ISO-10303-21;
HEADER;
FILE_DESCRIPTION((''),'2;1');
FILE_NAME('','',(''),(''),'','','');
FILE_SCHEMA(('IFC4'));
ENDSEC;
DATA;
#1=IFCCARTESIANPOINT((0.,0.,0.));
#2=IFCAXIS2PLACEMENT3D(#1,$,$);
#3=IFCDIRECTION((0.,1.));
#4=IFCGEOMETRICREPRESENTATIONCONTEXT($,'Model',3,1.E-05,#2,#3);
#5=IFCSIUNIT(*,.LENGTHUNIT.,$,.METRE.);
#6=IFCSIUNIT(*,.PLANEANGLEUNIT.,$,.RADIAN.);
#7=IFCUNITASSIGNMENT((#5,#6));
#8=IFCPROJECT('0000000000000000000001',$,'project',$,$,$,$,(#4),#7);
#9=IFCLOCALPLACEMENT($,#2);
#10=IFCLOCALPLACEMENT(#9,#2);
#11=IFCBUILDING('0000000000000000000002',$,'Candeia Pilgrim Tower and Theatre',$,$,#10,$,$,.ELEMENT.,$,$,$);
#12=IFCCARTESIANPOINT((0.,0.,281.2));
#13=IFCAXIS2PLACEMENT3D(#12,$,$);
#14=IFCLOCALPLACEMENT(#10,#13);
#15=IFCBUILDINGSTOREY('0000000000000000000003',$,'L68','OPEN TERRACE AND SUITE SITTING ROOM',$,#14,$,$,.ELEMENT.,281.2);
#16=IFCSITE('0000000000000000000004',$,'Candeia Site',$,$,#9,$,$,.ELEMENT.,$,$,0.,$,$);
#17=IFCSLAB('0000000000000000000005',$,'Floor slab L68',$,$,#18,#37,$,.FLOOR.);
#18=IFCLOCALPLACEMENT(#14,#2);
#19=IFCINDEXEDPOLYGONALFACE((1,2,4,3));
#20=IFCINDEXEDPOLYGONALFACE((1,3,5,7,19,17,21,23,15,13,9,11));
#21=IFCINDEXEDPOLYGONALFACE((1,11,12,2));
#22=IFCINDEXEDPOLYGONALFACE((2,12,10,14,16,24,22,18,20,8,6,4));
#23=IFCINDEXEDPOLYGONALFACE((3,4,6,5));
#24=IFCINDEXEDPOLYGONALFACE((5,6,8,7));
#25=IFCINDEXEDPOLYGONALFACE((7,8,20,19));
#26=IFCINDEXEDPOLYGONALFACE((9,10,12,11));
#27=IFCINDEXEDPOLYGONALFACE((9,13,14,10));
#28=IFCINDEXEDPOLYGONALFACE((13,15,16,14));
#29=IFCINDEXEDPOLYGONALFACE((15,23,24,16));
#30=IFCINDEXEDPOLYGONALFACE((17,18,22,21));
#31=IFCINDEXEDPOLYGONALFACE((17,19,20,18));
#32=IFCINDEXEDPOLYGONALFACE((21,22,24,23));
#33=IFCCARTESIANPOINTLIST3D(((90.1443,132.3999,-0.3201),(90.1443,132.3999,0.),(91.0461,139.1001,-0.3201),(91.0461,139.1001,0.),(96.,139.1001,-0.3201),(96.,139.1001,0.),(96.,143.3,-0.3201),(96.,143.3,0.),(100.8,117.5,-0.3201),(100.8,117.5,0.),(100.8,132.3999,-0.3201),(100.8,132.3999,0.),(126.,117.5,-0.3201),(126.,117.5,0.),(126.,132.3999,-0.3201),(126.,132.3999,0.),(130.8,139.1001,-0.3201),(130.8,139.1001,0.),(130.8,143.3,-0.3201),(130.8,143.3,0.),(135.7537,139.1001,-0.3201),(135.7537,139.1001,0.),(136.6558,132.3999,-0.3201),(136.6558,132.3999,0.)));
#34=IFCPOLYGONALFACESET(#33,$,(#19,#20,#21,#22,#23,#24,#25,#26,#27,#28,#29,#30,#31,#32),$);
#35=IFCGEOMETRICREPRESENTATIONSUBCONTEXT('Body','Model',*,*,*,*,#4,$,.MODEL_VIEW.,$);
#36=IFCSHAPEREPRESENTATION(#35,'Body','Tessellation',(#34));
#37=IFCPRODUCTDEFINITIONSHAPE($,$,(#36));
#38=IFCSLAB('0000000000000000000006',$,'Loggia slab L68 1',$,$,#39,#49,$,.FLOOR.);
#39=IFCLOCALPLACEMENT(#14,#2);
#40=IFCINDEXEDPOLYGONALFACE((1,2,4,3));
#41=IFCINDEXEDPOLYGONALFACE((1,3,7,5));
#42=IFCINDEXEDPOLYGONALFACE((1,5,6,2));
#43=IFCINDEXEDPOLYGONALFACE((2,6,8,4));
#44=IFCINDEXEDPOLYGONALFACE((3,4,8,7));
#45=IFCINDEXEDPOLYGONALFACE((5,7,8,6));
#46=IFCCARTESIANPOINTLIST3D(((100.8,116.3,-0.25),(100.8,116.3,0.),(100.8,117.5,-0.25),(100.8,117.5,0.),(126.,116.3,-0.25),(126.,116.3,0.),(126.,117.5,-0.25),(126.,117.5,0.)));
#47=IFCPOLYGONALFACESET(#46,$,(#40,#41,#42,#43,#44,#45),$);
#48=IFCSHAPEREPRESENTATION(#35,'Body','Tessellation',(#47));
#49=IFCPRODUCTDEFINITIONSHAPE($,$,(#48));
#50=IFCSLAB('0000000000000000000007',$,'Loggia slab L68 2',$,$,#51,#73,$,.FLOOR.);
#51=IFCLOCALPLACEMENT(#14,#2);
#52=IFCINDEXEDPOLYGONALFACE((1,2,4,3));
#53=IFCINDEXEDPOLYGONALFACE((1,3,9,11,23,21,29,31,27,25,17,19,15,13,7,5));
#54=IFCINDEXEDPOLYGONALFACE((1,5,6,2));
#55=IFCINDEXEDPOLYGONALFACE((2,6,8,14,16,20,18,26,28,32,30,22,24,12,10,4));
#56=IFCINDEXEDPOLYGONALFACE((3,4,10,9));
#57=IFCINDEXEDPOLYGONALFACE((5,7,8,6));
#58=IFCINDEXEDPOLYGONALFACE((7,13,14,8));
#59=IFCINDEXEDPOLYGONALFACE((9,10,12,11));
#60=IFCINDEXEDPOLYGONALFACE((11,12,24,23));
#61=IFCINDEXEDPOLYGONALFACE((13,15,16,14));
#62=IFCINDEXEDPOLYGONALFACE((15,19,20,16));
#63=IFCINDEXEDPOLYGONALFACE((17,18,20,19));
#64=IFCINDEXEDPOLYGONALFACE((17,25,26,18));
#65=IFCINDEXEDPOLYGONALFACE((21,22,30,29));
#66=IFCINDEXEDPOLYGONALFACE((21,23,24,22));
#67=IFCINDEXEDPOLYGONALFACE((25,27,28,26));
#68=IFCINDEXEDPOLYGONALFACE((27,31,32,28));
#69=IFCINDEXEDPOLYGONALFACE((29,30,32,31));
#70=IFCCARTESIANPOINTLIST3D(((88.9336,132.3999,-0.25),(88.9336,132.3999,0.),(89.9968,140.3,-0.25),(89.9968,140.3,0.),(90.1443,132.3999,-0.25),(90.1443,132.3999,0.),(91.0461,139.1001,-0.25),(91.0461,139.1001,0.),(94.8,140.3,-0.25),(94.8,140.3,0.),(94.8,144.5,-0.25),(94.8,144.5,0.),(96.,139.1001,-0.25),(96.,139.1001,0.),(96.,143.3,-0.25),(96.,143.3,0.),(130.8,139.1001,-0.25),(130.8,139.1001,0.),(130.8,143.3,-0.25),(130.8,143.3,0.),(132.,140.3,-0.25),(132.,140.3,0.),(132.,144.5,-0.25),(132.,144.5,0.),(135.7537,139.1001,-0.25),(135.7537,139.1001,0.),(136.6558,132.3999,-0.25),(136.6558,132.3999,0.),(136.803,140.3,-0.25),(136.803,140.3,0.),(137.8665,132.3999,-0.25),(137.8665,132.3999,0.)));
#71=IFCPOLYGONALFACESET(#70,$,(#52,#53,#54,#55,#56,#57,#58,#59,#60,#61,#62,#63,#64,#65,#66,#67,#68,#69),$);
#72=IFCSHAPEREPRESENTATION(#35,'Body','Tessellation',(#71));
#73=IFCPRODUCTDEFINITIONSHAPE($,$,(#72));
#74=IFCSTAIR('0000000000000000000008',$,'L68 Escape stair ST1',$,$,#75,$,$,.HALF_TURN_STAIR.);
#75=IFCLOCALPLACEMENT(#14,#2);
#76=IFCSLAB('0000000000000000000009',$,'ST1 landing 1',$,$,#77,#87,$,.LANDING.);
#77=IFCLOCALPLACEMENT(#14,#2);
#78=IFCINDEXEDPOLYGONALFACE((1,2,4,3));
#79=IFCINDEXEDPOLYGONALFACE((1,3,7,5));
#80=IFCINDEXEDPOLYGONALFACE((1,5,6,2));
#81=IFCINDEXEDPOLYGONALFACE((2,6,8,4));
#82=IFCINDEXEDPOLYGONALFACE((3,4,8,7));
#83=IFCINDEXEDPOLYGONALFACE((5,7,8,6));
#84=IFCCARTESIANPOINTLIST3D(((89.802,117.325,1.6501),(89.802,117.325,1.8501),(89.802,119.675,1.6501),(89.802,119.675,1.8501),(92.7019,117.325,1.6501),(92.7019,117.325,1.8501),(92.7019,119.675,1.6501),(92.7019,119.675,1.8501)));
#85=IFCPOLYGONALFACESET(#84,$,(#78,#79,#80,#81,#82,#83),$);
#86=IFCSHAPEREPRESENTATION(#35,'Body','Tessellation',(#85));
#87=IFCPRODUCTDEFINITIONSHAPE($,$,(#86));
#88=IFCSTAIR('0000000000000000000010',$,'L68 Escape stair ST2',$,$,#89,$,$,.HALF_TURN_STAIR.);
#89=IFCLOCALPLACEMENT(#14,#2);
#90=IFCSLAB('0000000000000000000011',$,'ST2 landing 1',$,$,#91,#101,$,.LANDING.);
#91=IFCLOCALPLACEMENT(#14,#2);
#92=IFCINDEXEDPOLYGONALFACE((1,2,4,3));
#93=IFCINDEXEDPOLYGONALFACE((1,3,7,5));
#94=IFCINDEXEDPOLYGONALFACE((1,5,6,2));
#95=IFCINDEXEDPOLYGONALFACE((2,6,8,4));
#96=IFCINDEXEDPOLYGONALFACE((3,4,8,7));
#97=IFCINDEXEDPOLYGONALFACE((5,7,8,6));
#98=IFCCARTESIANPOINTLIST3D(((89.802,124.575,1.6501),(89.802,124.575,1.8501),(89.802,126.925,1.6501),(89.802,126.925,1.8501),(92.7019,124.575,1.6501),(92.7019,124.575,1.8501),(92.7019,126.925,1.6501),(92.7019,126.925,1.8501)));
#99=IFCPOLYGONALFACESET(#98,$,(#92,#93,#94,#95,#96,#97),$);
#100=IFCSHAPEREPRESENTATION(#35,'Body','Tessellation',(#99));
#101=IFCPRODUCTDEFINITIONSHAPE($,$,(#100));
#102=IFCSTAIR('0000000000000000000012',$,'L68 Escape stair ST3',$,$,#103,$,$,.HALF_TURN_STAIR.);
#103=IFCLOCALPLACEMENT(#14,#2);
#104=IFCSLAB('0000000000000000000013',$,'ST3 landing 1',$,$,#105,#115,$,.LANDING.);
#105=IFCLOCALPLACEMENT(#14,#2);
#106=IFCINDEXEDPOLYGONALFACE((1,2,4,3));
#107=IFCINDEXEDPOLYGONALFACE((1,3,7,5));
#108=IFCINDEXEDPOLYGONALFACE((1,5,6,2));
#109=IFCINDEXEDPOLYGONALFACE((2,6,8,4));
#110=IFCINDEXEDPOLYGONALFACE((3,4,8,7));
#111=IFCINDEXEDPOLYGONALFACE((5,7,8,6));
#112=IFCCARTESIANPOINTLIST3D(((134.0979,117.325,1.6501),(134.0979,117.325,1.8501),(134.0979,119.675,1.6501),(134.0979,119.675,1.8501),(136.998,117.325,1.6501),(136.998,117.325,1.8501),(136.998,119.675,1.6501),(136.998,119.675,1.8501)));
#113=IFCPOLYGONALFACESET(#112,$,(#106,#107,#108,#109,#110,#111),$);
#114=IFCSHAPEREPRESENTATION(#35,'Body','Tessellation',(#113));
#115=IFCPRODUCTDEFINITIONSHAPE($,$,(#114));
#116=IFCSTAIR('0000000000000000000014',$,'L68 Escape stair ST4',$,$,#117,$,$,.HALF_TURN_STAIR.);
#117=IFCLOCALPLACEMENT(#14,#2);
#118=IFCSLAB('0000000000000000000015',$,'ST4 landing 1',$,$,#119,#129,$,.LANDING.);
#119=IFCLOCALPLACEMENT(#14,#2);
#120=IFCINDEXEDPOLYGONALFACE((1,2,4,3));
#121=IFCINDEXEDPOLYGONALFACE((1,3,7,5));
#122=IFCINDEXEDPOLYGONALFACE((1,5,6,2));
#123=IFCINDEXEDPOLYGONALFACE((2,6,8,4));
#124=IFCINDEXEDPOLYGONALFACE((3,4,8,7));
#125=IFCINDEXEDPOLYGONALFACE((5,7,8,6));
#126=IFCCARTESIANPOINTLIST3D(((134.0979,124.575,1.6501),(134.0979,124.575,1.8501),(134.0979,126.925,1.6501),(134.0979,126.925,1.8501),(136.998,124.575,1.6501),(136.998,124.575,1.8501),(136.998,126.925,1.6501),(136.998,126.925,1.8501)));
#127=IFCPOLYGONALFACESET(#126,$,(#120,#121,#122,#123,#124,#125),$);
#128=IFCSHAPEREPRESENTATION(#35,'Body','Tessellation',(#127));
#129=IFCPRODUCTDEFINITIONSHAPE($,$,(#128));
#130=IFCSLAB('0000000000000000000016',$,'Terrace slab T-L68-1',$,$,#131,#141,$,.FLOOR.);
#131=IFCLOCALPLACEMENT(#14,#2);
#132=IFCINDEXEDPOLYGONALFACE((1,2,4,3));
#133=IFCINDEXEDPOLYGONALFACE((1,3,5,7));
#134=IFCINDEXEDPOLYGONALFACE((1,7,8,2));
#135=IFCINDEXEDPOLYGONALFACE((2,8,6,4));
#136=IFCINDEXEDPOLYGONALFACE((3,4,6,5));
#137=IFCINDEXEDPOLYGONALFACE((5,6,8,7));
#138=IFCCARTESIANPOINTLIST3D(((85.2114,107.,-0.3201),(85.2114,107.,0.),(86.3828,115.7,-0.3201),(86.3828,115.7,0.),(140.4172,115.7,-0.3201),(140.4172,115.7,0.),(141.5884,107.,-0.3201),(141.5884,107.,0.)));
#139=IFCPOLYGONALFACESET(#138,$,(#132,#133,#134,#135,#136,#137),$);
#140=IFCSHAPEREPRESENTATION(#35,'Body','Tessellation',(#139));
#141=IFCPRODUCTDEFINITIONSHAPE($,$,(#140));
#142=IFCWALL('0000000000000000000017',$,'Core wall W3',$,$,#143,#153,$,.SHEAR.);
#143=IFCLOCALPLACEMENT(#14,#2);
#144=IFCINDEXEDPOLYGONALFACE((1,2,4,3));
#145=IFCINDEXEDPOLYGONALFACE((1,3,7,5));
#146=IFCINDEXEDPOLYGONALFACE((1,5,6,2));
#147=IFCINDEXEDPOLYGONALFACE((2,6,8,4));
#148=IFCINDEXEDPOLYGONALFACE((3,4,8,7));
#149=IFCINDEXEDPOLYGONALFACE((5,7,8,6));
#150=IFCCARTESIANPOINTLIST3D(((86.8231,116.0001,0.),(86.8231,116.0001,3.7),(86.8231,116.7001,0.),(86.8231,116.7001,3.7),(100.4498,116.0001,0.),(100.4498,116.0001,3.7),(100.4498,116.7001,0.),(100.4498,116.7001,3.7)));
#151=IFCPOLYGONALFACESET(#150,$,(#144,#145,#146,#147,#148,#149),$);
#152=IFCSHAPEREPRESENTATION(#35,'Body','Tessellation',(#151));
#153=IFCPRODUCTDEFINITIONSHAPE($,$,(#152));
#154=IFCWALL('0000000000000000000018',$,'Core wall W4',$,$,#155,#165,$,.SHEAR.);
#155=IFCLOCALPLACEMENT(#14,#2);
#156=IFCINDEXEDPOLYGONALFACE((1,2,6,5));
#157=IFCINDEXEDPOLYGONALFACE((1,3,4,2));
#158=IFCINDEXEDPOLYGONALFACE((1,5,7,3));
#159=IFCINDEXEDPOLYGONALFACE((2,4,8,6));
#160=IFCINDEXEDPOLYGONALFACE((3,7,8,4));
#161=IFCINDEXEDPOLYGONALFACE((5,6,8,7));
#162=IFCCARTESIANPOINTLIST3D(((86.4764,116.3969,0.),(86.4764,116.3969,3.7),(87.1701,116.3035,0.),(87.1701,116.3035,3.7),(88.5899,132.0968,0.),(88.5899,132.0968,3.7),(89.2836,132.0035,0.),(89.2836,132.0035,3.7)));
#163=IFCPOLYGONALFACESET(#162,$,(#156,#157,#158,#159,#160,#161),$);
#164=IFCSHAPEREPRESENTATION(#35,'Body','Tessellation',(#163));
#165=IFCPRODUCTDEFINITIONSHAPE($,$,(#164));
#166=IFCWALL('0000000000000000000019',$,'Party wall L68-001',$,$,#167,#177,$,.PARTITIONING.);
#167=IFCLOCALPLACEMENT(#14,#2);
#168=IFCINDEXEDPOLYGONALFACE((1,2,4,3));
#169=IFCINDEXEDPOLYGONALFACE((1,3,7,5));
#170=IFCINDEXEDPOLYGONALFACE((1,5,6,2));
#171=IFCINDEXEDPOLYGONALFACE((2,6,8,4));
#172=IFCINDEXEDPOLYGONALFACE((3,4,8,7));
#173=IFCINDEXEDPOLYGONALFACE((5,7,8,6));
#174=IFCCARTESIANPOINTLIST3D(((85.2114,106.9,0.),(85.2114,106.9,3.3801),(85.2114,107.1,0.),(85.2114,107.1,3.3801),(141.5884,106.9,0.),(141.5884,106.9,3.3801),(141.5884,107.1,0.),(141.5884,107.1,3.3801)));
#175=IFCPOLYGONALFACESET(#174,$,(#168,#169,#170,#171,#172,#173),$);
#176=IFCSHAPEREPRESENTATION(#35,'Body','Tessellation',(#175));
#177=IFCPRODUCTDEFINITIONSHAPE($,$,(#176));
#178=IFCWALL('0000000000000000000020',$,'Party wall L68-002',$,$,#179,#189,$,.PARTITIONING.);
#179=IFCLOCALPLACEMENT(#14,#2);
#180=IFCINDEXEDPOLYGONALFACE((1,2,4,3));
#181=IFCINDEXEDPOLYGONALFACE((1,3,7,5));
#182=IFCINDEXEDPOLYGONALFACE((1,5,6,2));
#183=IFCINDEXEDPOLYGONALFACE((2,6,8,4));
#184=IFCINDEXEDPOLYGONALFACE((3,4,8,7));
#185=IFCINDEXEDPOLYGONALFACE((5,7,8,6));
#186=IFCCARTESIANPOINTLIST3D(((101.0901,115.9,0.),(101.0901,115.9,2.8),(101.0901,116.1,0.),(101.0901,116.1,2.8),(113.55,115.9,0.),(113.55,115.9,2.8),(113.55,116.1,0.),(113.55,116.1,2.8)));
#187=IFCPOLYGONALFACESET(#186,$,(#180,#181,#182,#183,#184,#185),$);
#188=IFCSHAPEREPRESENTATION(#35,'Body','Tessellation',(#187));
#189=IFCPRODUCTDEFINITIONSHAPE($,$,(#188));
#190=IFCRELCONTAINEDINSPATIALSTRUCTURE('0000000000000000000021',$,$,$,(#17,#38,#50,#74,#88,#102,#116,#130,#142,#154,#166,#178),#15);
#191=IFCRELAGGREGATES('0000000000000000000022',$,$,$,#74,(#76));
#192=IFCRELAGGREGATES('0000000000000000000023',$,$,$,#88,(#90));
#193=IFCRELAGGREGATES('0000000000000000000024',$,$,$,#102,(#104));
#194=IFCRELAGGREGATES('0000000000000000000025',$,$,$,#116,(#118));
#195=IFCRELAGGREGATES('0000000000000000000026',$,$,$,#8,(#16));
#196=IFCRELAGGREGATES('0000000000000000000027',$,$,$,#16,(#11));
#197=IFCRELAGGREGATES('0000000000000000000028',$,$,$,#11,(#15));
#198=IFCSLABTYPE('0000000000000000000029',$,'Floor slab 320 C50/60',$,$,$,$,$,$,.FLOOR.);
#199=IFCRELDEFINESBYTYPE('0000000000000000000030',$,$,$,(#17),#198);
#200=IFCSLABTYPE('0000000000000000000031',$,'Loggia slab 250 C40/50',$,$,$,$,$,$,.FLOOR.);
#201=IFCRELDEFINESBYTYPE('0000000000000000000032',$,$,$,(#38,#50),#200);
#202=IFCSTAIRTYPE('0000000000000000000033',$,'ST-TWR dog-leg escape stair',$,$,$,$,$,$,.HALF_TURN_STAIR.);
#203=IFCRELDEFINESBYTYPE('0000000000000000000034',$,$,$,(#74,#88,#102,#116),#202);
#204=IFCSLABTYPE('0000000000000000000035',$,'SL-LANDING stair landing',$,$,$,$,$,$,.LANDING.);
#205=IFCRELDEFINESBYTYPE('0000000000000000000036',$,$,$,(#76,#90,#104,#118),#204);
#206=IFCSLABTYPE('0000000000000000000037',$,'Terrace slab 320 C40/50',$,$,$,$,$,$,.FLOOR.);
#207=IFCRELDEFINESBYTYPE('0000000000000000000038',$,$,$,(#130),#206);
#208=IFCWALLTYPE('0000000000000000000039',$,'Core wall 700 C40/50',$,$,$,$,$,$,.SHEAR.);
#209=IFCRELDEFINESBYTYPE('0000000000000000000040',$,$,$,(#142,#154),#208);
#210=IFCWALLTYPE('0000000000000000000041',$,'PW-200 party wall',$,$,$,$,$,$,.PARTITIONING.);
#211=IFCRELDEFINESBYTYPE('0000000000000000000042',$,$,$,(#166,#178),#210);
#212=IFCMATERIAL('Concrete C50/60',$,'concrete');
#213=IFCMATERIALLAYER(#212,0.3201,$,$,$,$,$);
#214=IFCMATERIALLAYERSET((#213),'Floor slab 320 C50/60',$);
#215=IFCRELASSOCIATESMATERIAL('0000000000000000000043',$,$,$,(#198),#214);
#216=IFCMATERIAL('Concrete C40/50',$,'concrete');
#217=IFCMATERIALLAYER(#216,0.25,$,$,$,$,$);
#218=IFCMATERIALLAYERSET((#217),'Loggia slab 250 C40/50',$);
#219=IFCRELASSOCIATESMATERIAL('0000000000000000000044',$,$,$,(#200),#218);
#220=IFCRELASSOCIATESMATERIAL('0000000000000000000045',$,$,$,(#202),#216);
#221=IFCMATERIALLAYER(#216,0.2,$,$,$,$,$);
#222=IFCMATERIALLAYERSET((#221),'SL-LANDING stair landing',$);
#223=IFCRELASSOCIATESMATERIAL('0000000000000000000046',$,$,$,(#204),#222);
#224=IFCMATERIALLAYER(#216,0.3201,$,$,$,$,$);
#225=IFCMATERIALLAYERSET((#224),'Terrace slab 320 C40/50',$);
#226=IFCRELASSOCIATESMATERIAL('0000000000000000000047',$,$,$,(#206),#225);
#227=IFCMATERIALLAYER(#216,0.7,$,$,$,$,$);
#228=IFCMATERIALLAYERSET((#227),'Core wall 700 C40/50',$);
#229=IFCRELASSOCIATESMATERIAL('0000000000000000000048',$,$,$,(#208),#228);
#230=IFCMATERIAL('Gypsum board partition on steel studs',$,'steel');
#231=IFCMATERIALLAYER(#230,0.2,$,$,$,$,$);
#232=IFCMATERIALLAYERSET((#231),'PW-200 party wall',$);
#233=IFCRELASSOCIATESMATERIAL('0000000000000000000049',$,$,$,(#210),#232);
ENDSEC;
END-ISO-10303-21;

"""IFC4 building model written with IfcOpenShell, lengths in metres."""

from ifc_helpers import new_model, si_unit, direction, frame, frame_2d, origin, place, context, subcontext, project, spatial, polyline, rectangle, outline, extrude, material, layer, layer_set, type_object, element, aggregate, save


model = new_model("IFC4")

# Units and contexts
model_context = context("Model", 3, precision=1e-05, world=origin(), true_north=direction((0.0, 1.0)))
body_context = subcontext(model_context, "Body", "Model", "MODEL_VIEW")
ifc_project = project(units=[si_unit("LENGTHUNIT", "METRE"), si_unit("PLANEANGLEUNIT", "RADIAN")], contexts=[model_context])

# Site, building, storey
site_placement = place(None, origin())
site = spatial("IfcSite", under=ifc_project, at=site_placement, Name="Candeia Site", CompositionType="ELEMENT", RefElevation=0.0)
building_placement = place(site_placement, origin())
building = spatial("IfcBuilding", under=site, at=building_placement, Name="Candeia Pilgrim Tower and Theatre", CompositionType="ELEMENT")
storey_placement = place(building_placement, frame((0.0, 0.0, 281.2)))
storey = spatial("IfcBuildingStorey", under=building, at=storey_placement, Name="L68", Description="OPEN TERRACE AND SUITE SITTING ROOM", CompositionType="ELEMENT", Elevation=281.2)

# Shared definitions
ifc_material_1 = material(Name="Concrete C40/50", Category="concrete")

# Slabs
ifc_material_2 = material(Name="Concrete C50/60", Category="concrete")
ifc_layer_1 = layer(ifc_material_2, 0.3201)
ifc_layer_set_1 = layer_set([ifc_layer_1], Name="Floor slab 320 C50/60")
slab_type_1 = type_object("IfcSlabType", Name="Floor slab 320 C50/60", PredefinedType="FLOOR", material=ifc_layer_set_1)
slab_1_placement = place(storey_placement, frame((0.0, 0.0, -0.3201)))
element("IfcSlab", 1, at=slab_1_placement, inside=storey, type_object=slab_type_1, Name="Floor slab L68", PredefinedType="FLOOR", context=body_context, shape_type="SweptSolid", body=[
    extrude(outline(polyline([(96.0, 139.1001), (96.0, 143.3), (130.8, 143.3), (130.8, 139.1001), (135.7537, 139.1001), (136.6558, 132.3999), (126.0, 132.3999), (126.0, 117.5), (100.8, 117.5), (100.8, 132.3999), (90.1443, 132.3999), (91.0461, 139.1001), (96.0, 139.1001)])), origin(), (0.0, 0.0, 1.0), 0.3201),
])
ifc_layer_2 = layer(ifc_material_1, 0.25)
ifc_layer_set_2 = layer_set([ifc_layer_2], Name="Loggia slab 250 C40/50")
slab_type_2 = type_object("IfcSlabType", Name="Loggia slab 250 C40/50", PredefinedType="FLOOR", material=ifc_layer_set_2)
slab_2_placement = place(storey_placement, frame((0.0, 0.0, -0.25)))
element("IfcSlab", 2, at=slab_2_placement, inside=storey, type_object=slab_type_2, Name="Loggia slab L68 1", PredefinedType="FLOOR", context=body_context, shape_type="SweptSolid", body=[
    extrude(outline(polyline([(100.8, 117.5), (126.0, 117.5), (126.0, 116.3), (100.8, 116.3), (100.8, 117.5)])), origin(), (0.0, 0.0, 1.0), 0.25),
])
slab_3_placement = place(storey_placement, frame((0.0, 0.0, -0.25)))
element("IfcSlab", 3, at=slab_3_placement, inside=storey, type_object=slab_type_2, Name="Loggia slab L68 2", PredefinedType="FLOOR", context=body_context, shape_type="SweptSolid", body=[
    extrude(outline(polyline([(136.6558, 132.3999), (135.7537, 139.1001), (130.8, 139.1001), (130.8, 143.3), (96.0, 143.3), (96.0, 139.1001), (91.0461, 139.1001), (90.1443, 132.3999), (88.9336, 132.3999), (89.9968, 140.3), (94.8, 140.3), (94.8, 144.5), (132.0, 144.5), (132.0, 140.3), (136.803, 140.3), (137.8665, 132.3999), (136.6558, 132.3999)])), origin(), (0.0, 0.0, 1.0), 0.25),
])

# Stairs, slabs
stair_type = type_object("IfcStairType", Name="ST-TWR dog-leg escape stair", PredefinedType="HALF_TURN_STAIR", material=ifc_material_1)
stair_1_placement = place(storey_placement, origin())
stair_1 = element("IfcStair", 4, at=stair_1_placement, inside=storey, type_object=stair_type, Name="L68 Escape stair ST1", PredefinedType="HALF_TURN_STAIR")
ifc_layer_3 = layer(ifc_material_1, 0.2)
ifc_layer_set_3 = layer_set([ifc_layer_3], Name="SL-LANDING stair landing")
slab_type_3 = type_object("IfcSlabType", Name="SL-LANDING stair landing", PredefinedType="LANDING", material=ifc_layer_set_3)
slab_4_placement = place(storey_placement, frame((0.0, 0.0, 1.6501)))
slab_4 = element("IfcSlab", 5, at=slab_4_placement, type_object=slab_type_3, Name="ST1 landing 1", PredefinedType="LANDING", context=body_context, shape_type="SweptSolid", body=[
    extrude(outline(polyline([(89.802, 119.675), (89.802, 117.325), (92.7019, 117.325), (92.7019, 119.675), (89.802, 119.675)])), origin(), (0.0, 0.0, 1.0), 0.2),
])
aggregate(stair_1, [slab_4])
stair_2_placement = place(storey_placement, origin())
stair_2 = element("IfcStair", 6, at=stair_2_placement, inside=storey, type_object=stair_type, Name="L68 Escape stair ST2", PredefinedType="HALF_TURN_STAIR")
slab_5_placement = place(storey_placement, frame((0.0, 0.0, 1.6501)))
slab_5 = element("IfcSlab", 7, at=slab_5_placement, type_object=slab_type_3, Name="ST2 landing 1", PredefinedType="LANDING", context=body_context, shape_type="SweptSolid", body=[
    extrude(outline(polyline([(89.802, 126.925), (89.802, 124.575), (92.7019, 124.575), (92.7019, 126.925), (89.802, 126.925)])), origin(), (0.0, 0.0, 1.0), 0.2),
])
aggregate(stair_2, [slab_5])
stair_3_placement = place(storey_placement, origin())
stair_3 = element("IfcStair", 8, at=stair_3_placement, inside=storey, type_object=stair_type, Name="L68 Escape stair ST3", PredefinedType="HALF_TURN_STAIR")
slab_6_placement = place(storey_placement, frame((0.0, 0.0, 1.6501)))
slab_6 = element("IfcSlab", 9, at=slab_6_placement, type_object=slab_type_3, Name="ST3 landing 1", PredefinedType="LANDING", context=body_context, shape_type="SweptSolid", body=[
    extrude(outline(polyline([(134.0979, 119.675), (134.0979, 117.325), (136.998, 117.325), (136.998, 119.675), (134.0979, 119.675)])), origin(), (0.0, 0.0, 1.0), 0.2),
])
aggregate(stair_3, [slab_6])
stair_4_placement = place(storey_placement, origin())
stair_4 = element("IfcStair", 10, at=stair_4_placement, inside=storey, type_object=stair_type, Name="L68 Escape stair ST4", PredefinedType="HALF_TURN_STAIR")
slab_7_placement = place(storey_placement, frame((0.0, 0.0, 1.6501)))
slab_7 = element("IfcSlab", 11, at=slab_7_placement, type_object=slab_type_3, Name="ST4 landing 1", PredefinedType="LANDING", context=body_context, shape_type="SweptSolid", body=[
    extrude(outline(polyline([(134.0979, 126.925), (134.0979, 124.575), (136.998, 124.575), (136.998, 126.925), (134.0979, 126.925)])), origin(), (0.0, 0.0, 1.0), 0.2),
])
aggregate(stair_4, [slab_7])

# Slab
ifc_layer_4 = layer(ifc_material_1, 0.3201)
ifc_layer_set_4 = layer_set([ifc_layer_4], Name="Terrace slab 320 C40/50")
slab_type_4 = type_object("IfcSlabType", Name="Terrace slab 320 C40/50", PredefinedType="FLOOR", material=ifc_layer_set_4)
slab_8_placement = place(storey_placement, frame((0.0, 0.0, -0.3201)))
element("IfcSlab", 12, at=slab_8_placement, inside=storey, type_object=slab_type_4, Name="Terrace slab T-L68-1", PredefinedType="FLOOR", context=body_context, shape_type="SweptSolid", body=[
    extrude(outline(polyline([(86.3828, 115.7), (140.4172, 115.7), (141.5884, 107.0), (85.2114, 107.0), (86.3828, 115.7)])), origin(), (0.0, 0.0, 1.0), 0.3201),
])

# Walls
ifc_layer_5 = layer(ifc_material_1, 0.7)
ifc_layer_set_5 = layer_set([ifc_layer_5], Name="Core wall 700 C40/50")
wall_type_1 = type_object("IfcWallType", Name="Core wall 700 C40/50", PredefinedType="SHEAR", material=ifc_layer_set_5)
wall_1_placement = place(storey_placement, frame((100.45, 116.3501, 0.0), z_axis=(0.0, 0.0, 1.0), x_axis=(-1.0, 0.0, 0.0)))
element("IfcWall", 13, at=wall_1_placement, inside=storey, type_object=wall_type_1, Name="Core wall W3", PredefinedType="SHEAR", context=body_context, shape_type="SweptSolid", body=[
    extrude(rectangle(XDim=13.6267, YDim=0.7, at=frame_2d((6.8135, 0.0))), origin(), (0.0, 0.0, 1.0), 3.7),
])
wall_2_placement = place(storey_placement, frame((86.8232, 116.3501, 0.0), z_axis=(0.0, 0.0, 1.0), x_axis=(0.133416, 0.99106, 0.0)))
element("IfcWall", 14, at=wall_2_placement, inside=storey, type_object=wall_type_1, Name="Core wall W4", PredefinedType="SHEAR", context=body_context, shape_type="SweptSolid", body=[
    extrude(rectangle(XDim=15.8416, YDim=0.7, at=frame_2d((7.9209, 0.0))), origin(), (0.0, 0.0, 1.0), 3.7),
])
ifc_material_3 = material(Name="Gypsum board partition on steel studs", Category="steel")
ifc_layer_6 = layer(ifc_material_3, 0.2)
ifc_layer_set_6 = layer_set([ifc_layer_6], Name="PW-200 party wall")
wall_type_2 = type_object("IfcWallType", Name="PW-200 party wall", PredefinedType="PARTITIONING", material=ifc_layer_set_6)
wall_3_placement = place(storey_placement, frame((85.2114, 107.0, 0.0), z_axis=(0.0, 0.0, 1.0), x_axis=(1.0, 0.0, 0.0)))
element("IfcWall", 15, at=wall_3_placement, inside=storey, type_object=wall_type_2, Name="Party wall L68-001", PredefinedType="PARTITIONING", context=body_context, shape_type="SweptSolid", body=[
    extrude(rectangle(XDim=56.377, YDim=0.2, at=frame_2d((28.1885, 0.0))), origin(), (0.0, 0.0, 1.0), 3.3801),
])
wall_4_placement = place(storey_placement, frame((101.0901, 116.0, 0.0), z_axis=(0.0, 0.0, 1.0), x_axis=(1.0, 0.0, 0.0)))
element("IfcWall", 16, at=wall_4_placement, inside=storey, type_object=wall_type_2, Name="Party wall L68-002", PredefinedType="PARTITIONING", context=body_context, shape_type="SweptSolid", body=[
    extrude(rectangle(XDim=12.46, YDim=0.2, at=frame_2d((6.23, 0.0))), origin(), (0.0, 0.0, 1.0), 2.8),
])

save(model, "model.ifc")
